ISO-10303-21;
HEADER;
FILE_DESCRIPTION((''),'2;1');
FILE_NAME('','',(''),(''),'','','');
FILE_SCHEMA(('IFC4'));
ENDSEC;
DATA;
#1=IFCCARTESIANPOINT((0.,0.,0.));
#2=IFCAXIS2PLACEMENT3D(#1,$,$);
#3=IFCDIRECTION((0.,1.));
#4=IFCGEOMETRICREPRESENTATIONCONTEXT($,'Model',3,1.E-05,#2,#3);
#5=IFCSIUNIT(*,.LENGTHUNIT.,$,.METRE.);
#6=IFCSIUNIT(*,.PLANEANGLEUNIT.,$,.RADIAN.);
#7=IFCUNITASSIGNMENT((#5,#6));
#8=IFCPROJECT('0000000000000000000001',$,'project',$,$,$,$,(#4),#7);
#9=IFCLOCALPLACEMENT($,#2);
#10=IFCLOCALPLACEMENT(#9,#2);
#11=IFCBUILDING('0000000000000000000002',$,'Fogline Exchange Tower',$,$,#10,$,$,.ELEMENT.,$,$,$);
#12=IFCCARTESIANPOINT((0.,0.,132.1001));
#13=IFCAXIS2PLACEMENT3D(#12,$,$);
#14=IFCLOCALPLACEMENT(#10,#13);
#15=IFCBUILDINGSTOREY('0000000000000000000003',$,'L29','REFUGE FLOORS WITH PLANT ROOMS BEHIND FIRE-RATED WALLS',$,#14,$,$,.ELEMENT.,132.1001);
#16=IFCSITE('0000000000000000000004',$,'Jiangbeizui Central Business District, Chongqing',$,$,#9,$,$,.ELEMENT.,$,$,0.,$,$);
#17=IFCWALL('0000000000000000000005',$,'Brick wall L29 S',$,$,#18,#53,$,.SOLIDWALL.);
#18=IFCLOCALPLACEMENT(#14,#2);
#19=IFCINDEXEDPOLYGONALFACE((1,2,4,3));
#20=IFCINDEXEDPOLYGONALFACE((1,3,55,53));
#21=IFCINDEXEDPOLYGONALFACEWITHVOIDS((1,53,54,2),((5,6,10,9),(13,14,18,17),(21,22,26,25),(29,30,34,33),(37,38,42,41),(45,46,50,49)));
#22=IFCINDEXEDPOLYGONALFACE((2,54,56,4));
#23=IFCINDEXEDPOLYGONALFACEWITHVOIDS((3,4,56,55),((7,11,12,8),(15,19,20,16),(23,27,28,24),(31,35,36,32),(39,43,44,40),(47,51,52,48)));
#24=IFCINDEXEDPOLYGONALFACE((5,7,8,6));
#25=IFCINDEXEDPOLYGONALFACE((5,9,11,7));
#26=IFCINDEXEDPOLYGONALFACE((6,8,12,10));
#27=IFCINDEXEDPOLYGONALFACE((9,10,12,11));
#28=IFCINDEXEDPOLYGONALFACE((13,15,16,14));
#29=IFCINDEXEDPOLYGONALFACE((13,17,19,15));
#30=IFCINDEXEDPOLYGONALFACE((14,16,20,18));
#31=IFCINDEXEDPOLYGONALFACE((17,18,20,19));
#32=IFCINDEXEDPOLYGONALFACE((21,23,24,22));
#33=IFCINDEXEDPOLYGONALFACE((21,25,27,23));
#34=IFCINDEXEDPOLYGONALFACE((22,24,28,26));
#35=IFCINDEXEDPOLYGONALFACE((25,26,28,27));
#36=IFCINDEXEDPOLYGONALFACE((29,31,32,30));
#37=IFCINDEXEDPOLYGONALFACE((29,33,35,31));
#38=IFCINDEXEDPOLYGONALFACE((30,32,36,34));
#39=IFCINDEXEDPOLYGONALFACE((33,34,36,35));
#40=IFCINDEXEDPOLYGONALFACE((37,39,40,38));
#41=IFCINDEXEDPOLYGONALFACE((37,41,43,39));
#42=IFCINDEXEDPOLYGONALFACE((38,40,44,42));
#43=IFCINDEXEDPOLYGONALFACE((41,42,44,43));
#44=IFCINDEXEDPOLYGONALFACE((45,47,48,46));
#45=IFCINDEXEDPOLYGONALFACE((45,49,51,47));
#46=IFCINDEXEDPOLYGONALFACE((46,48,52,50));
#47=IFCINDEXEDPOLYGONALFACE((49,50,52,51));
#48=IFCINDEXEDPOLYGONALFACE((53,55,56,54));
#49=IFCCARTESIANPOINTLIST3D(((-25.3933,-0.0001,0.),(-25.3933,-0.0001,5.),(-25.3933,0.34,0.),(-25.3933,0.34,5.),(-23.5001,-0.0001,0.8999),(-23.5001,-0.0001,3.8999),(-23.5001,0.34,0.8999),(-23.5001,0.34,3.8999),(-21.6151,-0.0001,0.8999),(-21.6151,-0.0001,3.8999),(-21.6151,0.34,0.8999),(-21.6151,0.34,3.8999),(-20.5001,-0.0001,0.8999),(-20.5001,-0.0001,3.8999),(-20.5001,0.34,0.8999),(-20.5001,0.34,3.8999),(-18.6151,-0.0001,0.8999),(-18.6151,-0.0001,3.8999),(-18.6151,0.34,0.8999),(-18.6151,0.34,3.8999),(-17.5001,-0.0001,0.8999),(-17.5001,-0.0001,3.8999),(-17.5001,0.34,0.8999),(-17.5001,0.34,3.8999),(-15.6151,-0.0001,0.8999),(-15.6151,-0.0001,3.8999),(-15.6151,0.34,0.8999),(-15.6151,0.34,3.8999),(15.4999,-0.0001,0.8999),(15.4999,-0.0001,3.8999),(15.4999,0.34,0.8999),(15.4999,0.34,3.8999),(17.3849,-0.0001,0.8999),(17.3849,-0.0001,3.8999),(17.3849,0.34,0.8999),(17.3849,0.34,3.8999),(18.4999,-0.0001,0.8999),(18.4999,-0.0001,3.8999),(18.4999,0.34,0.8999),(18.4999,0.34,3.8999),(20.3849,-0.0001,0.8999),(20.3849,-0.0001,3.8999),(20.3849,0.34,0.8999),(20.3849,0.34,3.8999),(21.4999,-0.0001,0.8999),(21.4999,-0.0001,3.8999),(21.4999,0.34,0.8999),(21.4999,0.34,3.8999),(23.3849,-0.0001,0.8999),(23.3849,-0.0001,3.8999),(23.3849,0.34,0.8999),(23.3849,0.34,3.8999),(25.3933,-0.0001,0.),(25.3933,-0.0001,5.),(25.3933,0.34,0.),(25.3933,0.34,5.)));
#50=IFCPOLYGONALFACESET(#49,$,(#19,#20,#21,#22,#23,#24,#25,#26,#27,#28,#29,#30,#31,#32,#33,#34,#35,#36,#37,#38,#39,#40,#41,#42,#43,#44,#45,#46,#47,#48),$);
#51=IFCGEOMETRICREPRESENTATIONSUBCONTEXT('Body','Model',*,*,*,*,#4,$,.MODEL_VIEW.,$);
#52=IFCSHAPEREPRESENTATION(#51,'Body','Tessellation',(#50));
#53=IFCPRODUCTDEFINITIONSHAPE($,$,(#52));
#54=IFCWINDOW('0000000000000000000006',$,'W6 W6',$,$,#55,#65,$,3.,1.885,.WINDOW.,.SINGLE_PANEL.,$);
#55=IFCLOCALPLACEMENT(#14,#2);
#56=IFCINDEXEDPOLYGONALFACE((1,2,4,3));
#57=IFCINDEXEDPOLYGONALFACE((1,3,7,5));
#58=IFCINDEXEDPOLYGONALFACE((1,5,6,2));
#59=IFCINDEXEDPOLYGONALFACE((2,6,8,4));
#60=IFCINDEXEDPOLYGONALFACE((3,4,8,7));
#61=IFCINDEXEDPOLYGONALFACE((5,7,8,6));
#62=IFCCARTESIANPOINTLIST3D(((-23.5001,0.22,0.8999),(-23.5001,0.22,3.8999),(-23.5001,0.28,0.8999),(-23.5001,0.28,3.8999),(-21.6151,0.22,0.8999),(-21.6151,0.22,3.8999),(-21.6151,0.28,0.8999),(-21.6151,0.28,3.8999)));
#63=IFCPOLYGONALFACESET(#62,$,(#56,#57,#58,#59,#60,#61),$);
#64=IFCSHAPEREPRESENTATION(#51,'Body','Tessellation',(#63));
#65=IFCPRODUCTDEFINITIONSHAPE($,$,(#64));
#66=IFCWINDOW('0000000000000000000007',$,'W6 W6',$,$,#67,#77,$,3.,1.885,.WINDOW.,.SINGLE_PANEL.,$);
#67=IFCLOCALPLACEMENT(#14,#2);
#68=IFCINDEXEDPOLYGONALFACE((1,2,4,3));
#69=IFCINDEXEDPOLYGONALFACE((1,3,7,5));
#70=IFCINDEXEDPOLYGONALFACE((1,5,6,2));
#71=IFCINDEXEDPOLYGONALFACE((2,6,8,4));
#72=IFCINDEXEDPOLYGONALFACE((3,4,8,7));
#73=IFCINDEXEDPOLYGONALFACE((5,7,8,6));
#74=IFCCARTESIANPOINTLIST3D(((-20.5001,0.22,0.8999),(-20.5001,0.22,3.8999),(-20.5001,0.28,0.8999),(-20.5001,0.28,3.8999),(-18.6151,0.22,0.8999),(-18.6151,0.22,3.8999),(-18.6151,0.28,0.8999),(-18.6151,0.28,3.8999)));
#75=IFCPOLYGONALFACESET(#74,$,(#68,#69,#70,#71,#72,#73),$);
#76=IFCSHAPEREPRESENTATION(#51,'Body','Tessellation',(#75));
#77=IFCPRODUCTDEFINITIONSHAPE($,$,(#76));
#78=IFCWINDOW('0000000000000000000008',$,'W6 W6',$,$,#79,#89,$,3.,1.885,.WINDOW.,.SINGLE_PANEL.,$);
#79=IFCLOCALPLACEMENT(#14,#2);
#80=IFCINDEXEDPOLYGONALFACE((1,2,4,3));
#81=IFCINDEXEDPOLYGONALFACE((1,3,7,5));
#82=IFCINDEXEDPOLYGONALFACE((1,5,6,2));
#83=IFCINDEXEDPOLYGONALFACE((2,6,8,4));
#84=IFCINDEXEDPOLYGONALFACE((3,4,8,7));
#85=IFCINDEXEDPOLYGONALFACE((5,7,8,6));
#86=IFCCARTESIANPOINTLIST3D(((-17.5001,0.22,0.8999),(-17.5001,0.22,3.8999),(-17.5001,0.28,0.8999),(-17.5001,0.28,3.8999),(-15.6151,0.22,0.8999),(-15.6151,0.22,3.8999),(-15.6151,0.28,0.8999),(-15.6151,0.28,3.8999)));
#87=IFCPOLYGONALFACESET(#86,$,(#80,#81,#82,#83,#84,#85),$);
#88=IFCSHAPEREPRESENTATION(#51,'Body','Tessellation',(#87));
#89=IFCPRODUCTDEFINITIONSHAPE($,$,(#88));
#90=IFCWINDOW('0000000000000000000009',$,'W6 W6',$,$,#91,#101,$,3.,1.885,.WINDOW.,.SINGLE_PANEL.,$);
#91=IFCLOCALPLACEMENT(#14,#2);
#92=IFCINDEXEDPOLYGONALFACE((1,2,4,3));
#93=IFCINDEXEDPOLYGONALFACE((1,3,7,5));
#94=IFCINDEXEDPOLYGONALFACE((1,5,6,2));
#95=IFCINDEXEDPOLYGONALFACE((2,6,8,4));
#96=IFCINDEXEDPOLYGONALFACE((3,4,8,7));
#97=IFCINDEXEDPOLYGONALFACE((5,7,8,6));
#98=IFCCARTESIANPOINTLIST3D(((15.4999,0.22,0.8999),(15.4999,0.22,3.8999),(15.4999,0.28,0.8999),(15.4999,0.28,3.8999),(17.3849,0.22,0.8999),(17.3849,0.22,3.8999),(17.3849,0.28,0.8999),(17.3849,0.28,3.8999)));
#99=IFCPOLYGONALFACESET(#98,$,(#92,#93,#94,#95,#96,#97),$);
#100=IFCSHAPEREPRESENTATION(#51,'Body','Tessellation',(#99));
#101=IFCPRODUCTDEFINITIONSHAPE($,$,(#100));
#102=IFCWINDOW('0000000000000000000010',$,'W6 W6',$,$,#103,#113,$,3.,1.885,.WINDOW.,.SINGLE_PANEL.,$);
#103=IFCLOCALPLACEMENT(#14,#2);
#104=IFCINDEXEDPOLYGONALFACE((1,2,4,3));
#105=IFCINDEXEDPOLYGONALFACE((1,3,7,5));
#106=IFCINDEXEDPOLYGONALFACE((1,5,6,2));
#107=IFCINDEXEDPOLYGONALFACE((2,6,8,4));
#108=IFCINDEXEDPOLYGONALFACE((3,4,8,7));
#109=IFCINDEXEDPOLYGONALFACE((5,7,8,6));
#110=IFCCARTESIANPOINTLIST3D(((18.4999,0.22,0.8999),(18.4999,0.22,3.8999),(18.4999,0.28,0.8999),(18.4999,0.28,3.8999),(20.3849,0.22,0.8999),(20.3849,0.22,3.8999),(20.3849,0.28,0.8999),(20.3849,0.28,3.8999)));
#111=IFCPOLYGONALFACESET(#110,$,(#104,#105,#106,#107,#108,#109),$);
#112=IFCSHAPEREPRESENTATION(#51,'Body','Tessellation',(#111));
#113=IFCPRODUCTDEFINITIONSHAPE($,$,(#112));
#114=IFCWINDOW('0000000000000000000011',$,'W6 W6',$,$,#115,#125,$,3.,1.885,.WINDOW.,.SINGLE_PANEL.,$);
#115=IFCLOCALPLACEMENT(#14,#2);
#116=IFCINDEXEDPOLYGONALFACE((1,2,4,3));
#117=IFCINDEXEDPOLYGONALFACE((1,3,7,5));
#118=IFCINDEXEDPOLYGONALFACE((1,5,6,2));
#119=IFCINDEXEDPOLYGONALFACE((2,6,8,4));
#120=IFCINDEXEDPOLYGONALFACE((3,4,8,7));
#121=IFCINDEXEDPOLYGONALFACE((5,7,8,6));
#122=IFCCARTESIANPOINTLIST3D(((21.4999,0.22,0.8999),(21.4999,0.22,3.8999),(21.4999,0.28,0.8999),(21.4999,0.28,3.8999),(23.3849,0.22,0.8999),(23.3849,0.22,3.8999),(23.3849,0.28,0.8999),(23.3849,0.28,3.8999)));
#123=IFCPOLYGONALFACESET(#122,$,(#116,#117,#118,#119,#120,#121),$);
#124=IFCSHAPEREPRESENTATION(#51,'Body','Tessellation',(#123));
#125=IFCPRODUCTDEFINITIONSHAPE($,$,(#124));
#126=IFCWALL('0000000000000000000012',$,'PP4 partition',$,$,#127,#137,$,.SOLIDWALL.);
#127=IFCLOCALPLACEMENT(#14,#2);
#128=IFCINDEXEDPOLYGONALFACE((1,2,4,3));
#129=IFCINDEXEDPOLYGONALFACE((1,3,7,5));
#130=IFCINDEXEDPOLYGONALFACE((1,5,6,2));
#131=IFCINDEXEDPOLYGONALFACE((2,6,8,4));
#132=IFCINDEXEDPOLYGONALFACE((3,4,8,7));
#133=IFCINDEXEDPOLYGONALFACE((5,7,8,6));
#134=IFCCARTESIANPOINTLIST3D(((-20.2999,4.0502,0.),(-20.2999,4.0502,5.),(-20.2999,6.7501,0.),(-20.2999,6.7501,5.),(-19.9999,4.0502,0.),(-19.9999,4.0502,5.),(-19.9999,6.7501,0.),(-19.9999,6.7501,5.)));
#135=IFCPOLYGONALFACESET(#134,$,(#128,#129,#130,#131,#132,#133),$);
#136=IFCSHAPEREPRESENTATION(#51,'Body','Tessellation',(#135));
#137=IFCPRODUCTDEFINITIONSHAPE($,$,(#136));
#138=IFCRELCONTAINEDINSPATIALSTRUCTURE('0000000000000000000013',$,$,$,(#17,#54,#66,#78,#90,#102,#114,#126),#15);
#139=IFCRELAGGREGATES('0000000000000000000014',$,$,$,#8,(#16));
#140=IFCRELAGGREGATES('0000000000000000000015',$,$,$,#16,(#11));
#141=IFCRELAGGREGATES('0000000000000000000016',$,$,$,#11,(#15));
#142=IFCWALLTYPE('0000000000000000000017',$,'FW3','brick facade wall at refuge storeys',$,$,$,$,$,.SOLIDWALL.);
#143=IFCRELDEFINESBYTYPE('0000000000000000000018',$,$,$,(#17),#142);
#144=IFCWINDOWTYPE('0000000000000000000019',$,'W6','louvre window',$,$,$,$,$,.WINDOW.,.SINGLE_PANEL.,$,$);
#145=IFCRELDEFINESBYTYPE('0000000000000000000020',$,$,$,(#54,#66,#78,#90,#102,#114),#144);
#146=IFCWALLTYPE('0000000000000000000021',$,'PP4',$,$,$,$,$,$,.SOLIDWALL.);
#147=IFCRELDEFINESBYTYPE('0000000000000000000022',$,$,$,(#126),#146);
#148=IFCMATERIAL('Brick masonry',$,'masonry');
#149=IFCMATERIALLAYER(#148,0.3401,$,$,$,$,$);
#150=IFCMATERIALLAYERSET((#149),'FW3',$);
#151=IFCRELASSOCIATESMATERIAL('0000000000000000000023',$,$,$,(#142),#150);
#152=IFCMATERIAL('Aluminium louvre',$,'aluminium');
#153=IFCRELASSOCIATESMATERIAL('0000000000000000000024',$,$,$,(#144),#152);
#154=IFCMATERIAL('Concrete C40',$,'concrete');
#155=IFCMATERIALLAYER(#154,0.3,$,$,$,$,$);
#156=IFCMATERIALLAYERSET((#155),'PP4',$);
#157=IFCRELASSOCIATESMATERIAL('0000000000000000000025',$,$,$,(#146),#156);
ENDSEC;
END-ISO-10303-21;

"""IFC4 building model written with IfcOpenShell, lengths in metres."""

from ifc_helpers import new_model, si_unit, direction, frame, frame_2d, origin, place, context, subcontext, project, spatial, rectangle, extrude, material, layer, layer_set, type_object, element, fill, save


model = new_model("IFC4")

# Units and contexts
model_context = context("Model", 3, precision=1e-05, world=origin(), true_north=direction((0.0, 1.0)))
body_context = subcontext(model_context, "Body", "Model", "MODEL_VIEW")
ifc_project = project(units=[si_unit("LENGTHUNIT", "METRE"), si_unit("PLANEANGLEUNIT", "RADIAN")], contexts=[model_context])

# Site, building, storey
site_placement = place(None, origin())
site = spatial("IfcSite", under=ifc_project, at=site_placement, Name="Jiangbeizui Central Business District, Chongqing", CompositionType="ELEMENT", RefElevation=0.0)
building_placement = place(site_placement, origin())
building = spatial("IfcBuilding", under=site, at=building_placement, Name="Fogline Exchange Tower", CompositionType="ELEMENT")
storey_placement = place(building_placement, frame((0.0, 0.0, 132.1001)))
storey = spatial("IfcBuildingStorey", under=building, at=storey_placement, Name="L29", Description="REFUGE FLOORS WITH PLANT ROOMS BEHIND FIRE-RATED WALLS", CompositionType="ELEMENT", Elevation=132.1001)

# Shared definitions
ifc_material_1 = material(Name="Concrete C40", Category="concrete")

# Shared definitions
ifc_material_2 = material(Name="Brick masonry", Category="masonry")
ifc_layer_1 = layer(ifc_material_2, 0.3401)
ifc_layer_set_1 = layer_set([ifc_layer_1], Name="FW3")
wall_type_1 = type_object("IfcWallType", Name="FW3", Description="brick facade wall at refuge storeys", PredefinedType="SOLIDWALL", material=ifc_layer_set_1)

# Wall, openings, windows
wall_1_placement = place(storey_placement, frame((-25.3933, 0.1699, 0.0), z_axis=(0.0, 0.0, 1.0), x_axis=(1.0, 0.0, 0.0)))
wall_1 = element("IfcWall", 1, at=wall_1_placement, inside=storey, type_object=wall_type_1, Name="Brick wall L29 S", PredefinedType="SOLIDWALL", context=body_context, shape_type="SweptSolid", body=[
    extrude(rectangle(XDim=50.7866, YDim=0.3401, at=frame_2d((25.3933, 0.0))), origin(), (0.0, 0.0, 1.0), 5.0),
])
opening_1_placement = place(wall_1_placement, frame((1.8933, 0.0, 0.8999)))
opening_1 = element("IfcOpeningElement", 2, at=opening_1_placement, cuts=wall_1, PredefinedType="OPENING", context=body_context, shape_type="SweptSolid", body=[
    extrude(rectangle(XDim=1.885, YDim=3.0, at=frame_2d((0.9424, 1.5))), frame((0.0, 0.1802, 0.0), z_axis=(0.0, -1.0, 0.0), x_axis=(1.0, 0.0, 0.0)), (0.0, 0.0, 1.0), 0.3601),
])
opening_2_placement = place(wall_1_placement, frame((4.8933, 0.0, 0.8999)))
opening_2 = element("IfcOpeningElement", 3, at=opening_2_placement, cuts=wall_1, PredefinedType="OPENING", context=body_context, shape_type="SweptSolid", body=[
    extrude(rectangle(XDim=1.885, YDim=3.0, at=frame_2d((0.9424, 1.5))), frame((0.0, 0.1802, 0.0), z_axis=(0.0, -1.0, 0.0), x_axis=(1.0, 0.0, 0.0)), (0.0, 0.0, 1.0), 0.3601),
])
opening_3_placement = place(wall_1_placement, frame((7.8933, 0.0, 0.8999)))
opening_3 = element("IfcOpeningElement", 4, at=opening_3_placement, cuts=wall_1, PredefinedType="OPENING", context=body_context, shape_type="SweptSolid", body=[
    extrude(rectangle(XDim=1.885, YDim=3.0, at=frame_2d((0.9424, 1.5))), frame((0.0, 0.1802, 0.0), z_axis=(0.0, -1.0, 0.0), x_axis=(1.0, 0.0, 0.0)), (0.0, 0.0, 1.0), 0.3601),
])
opening_4_placement = place(wall_1_placement, frame((40.8933, 0.0, 0.8999)))
opening_4 = element("IfcOpeningElement", 5, at=opening_4_placement, cuts=wall_1, PredefinedType="OPENING", context=body_context, shape_type="SweptSolid", body=[
    extrude(rectangle(XDim=1.885, YDim=3.0, at=frame_2d((0.9424, 1.5))), frame((0.0, 0.1802, 0.0), z_axis=(0.0, -1.0, 0.0), x_axis=(1.0, 0.0, 0.0)), (0.0, 0.0, 1.0), 0.3601),
])
opening_5_placement = place(wall_1_placement, frame((43.8933, 0.0, 0.8999)))
opening_5 = element("IfcOpeningElement", 6, at=opening_5_placement, cuts=wall_1, PredefinedType="OPENING", context=body_context, shape_type="SweptSolid", body=[
    extrude(rectangle(XDim=1.885, YDim=3.0, at=frame_2d((0.9424, 1.5))), frame((0.0, 0.1802, 0.0), z_axis=(0.0, -1.0, 0.0), x_axis=(1.0, 0.0, 0.0)), (0.0, 0.0, 1.0), 0.3601),
])
opening_6_placement = place(wall_1_placement, frame((46.8933, 0.0, 0.8999)))
opening_6 = element("IfcOpeningElement", 7, at=opening_6_placement, cuts=wall_1, PredefinedType="OPENING", context=body_context, shape_type="SweptSolid", body=[
    extrude(rectangle(XDim=1.885, YDim=3.0, at=frame_2d((0.9424, 1.5))), frame((0.0, 0.1802, 0.0), z_axis=(0.0, -1.0, 0.0), x_axis=(1.0, 0.0, 0.0)), (0.0, 0.0, 1.0), 0.3601),
])
ifc_material_3 = material(Name="Aluminium louvre", Category="aluminium")
window_type = type_object("IfcWindowType", Name="W6", Description="louvre window", PartitioningType="SINGLE_PANEL", PredefinedType="WINDOW", material=ifc_material_3)
window_1_placement = place(opening_1_placement, origin())
window_1 = element("IfcWindow", 8, at=window_1_placement, inside=storey, type_object=window_type, Name="W6 W6", OverallHeight=3.0, OverallWidth=1.885, PartitioningType="SINGLE_PANEL", PredefinedType="WINDOW", context=body_context, shape_type="SweptSolid", body=[
    extrude(rectangle(XDim=1.885, YDim=3.0, at=frame_2d((0.9424, 1.5))), frame((0.0, 0.1101, 0.0), z_axis=(0.0, -1.0, 0.0), x_axis=(1.0, 0.0, 0.0)), (0.0, 0.0, 1.0), 0.0601),
])
fill(opening_1, window_1)
window_2_placement = place(opening_2_placement, origin())
window_2 = element("IfcWindow", 9, at=window_2_placement, inside=storey, type_object=window_type, Name="W6 W6", OverallHeight=3.0, OverallWidth=1.885, PartitioningType="SINGLE_PANEL", PredefinedType="WINDOW", context=body_context, shape_type="SweptSolid", body=[
    extrude(rectangle(XDim=1.885, YDim=3.0, at=frame_2d((0.9424, 1.5))), frame((0.0, 0.1101, 0.0), z_axis=(0.0, -1.0, 0.0), x_axis=(1.0, 0.0, 0.0)), (0.0, 0.0, 1.0), 0.0601),
])
fill(opening_2, window_2)
window_3_placement = place(opening_3_placement, origin())
window_3 = element("IfcWindow", 10, at=window_3_placement, inside=storey, type_object=window_type, Name="W6 W6", OverallHeight=3.0, OverallWidth=1.885, PartitioningType="SINGLE_PANEL", PredefinedType="WINDOW", context=body_context, shape_type="SweptSolid", body=[
    extrude(rectangle(XDim=1.885, YDim=3.0, at=frame_2d((0.9424, 1.5))), frame((0.0, 0.1101, 0.0), z_axis=(0.0, -1.0, 0.0), x_axis=(1.0, 0.0, 0.0)), (0.0, 0.0, 1.0), 0.0601),
])
fill(opening_3, window_3)
window_4_placement = place(opening_4_placement, origin())
window_4 = element("IfcWindow", 11, at=window_4_placement, inside=storey, type_object=window_type, Name="W6 W6", OverallHeight=3.0, OverallWidth=1.885, PartitioningType="SINGLE_PANEL", PredefinedType="WINDOW", context=body_context, shape_type="SweptSolid", body=[
    extrude(rectangle(XDim=1.885, YDim=3.0, at=frame_2d((0.9424, 1.5))), frame((0.0, 0.1101, 0.0), z_axis=(0.0, -1.0, 0.0), x_axis=(1.0, 0.0, 0.0)), (0.0, 0.0, 1.0), 0.0601),
])
fill(opening_4, window_4)
window_5_placement = place(opening_5_placement, origin())
window_5 = element("IfcWindow", 12, at=window_5_placement, inside=storey, type_object=window_type, Name="W6 W6", OverallHeight=3.0, OverallWidth=1.885, PartitioningType="SINGLE_PANEL", PredefinedType="WINDOW", context=body_context, shape_type="SweptSolid", body=[
    extrude(rectangle(XDim=1.885, YDim=3.0, at=frame_2d((0.9424, 1.5))), frame((0.0, 0.1101, 0.0), z_axis=(0.0, -1.0, 0.0), x_axis=(1.0, 0.0, 0.0)), (0.0, 0.0, 1.0), 0.0601),
])
fill(opening_5, window_5)
window_6_placement = place(opening_6_placement, origin())
window_6 = element("IfcWindow", 13, at=window_6_placement, inside=storey, type_object=window_type, Name="W6 W6", OverallHeight=3.0, OverallWidth=1.885, PartitioningType="SINGLE_PANEL", PredefinedType="WINDOW", context=body_context, shape_type="SweptSolid", body=[
    extrude(rectangle(XDim=1.885, YDim=3.0, at=frame_2d((0.9424, 1.5))), frame((0.0, 0.1101, 0.0), z_axis=(0.0, -1.0, 0.0), x_axis=(1.0, 0.0, 0.0)), (0.0, 0.0, 1.0), 0.0601),
])
fill(opening_6, window_6)

# Wall
ifc_layer_2 = layer(ifc_material_1, 0.3)
ifc_layer_set_2 = layer_set([ifc_layer_2], Name="PP4")
wall_type_2 = type_object("IfcWallType", Name="PP4", PredefinedType="SOLIDWALL", material=ifc_layer_set_2)
wall_2_placement = place(storey_placement, frame((-20.1499, 4.05, 0.0), z_axis=(0.0, 0.0, 1.0), x_axis=(0.0, 1.0, 0.0)))
element("IfcWall", 14, at=wall_2_placement, inside=storey, type_object=wall_type_2, Name="PP4 partition", PredefinedType="SOLIDWALL", context=body_context, shape_type="SweptSolid", body=[
    extrude(rectangle(XDim=2.7, YDim=0.3, at=frame_2d((1.3501, 0.0))), origin(), (0.0, 0.0, 1.0), 5.0),
])

save(model, "model.ifc")
